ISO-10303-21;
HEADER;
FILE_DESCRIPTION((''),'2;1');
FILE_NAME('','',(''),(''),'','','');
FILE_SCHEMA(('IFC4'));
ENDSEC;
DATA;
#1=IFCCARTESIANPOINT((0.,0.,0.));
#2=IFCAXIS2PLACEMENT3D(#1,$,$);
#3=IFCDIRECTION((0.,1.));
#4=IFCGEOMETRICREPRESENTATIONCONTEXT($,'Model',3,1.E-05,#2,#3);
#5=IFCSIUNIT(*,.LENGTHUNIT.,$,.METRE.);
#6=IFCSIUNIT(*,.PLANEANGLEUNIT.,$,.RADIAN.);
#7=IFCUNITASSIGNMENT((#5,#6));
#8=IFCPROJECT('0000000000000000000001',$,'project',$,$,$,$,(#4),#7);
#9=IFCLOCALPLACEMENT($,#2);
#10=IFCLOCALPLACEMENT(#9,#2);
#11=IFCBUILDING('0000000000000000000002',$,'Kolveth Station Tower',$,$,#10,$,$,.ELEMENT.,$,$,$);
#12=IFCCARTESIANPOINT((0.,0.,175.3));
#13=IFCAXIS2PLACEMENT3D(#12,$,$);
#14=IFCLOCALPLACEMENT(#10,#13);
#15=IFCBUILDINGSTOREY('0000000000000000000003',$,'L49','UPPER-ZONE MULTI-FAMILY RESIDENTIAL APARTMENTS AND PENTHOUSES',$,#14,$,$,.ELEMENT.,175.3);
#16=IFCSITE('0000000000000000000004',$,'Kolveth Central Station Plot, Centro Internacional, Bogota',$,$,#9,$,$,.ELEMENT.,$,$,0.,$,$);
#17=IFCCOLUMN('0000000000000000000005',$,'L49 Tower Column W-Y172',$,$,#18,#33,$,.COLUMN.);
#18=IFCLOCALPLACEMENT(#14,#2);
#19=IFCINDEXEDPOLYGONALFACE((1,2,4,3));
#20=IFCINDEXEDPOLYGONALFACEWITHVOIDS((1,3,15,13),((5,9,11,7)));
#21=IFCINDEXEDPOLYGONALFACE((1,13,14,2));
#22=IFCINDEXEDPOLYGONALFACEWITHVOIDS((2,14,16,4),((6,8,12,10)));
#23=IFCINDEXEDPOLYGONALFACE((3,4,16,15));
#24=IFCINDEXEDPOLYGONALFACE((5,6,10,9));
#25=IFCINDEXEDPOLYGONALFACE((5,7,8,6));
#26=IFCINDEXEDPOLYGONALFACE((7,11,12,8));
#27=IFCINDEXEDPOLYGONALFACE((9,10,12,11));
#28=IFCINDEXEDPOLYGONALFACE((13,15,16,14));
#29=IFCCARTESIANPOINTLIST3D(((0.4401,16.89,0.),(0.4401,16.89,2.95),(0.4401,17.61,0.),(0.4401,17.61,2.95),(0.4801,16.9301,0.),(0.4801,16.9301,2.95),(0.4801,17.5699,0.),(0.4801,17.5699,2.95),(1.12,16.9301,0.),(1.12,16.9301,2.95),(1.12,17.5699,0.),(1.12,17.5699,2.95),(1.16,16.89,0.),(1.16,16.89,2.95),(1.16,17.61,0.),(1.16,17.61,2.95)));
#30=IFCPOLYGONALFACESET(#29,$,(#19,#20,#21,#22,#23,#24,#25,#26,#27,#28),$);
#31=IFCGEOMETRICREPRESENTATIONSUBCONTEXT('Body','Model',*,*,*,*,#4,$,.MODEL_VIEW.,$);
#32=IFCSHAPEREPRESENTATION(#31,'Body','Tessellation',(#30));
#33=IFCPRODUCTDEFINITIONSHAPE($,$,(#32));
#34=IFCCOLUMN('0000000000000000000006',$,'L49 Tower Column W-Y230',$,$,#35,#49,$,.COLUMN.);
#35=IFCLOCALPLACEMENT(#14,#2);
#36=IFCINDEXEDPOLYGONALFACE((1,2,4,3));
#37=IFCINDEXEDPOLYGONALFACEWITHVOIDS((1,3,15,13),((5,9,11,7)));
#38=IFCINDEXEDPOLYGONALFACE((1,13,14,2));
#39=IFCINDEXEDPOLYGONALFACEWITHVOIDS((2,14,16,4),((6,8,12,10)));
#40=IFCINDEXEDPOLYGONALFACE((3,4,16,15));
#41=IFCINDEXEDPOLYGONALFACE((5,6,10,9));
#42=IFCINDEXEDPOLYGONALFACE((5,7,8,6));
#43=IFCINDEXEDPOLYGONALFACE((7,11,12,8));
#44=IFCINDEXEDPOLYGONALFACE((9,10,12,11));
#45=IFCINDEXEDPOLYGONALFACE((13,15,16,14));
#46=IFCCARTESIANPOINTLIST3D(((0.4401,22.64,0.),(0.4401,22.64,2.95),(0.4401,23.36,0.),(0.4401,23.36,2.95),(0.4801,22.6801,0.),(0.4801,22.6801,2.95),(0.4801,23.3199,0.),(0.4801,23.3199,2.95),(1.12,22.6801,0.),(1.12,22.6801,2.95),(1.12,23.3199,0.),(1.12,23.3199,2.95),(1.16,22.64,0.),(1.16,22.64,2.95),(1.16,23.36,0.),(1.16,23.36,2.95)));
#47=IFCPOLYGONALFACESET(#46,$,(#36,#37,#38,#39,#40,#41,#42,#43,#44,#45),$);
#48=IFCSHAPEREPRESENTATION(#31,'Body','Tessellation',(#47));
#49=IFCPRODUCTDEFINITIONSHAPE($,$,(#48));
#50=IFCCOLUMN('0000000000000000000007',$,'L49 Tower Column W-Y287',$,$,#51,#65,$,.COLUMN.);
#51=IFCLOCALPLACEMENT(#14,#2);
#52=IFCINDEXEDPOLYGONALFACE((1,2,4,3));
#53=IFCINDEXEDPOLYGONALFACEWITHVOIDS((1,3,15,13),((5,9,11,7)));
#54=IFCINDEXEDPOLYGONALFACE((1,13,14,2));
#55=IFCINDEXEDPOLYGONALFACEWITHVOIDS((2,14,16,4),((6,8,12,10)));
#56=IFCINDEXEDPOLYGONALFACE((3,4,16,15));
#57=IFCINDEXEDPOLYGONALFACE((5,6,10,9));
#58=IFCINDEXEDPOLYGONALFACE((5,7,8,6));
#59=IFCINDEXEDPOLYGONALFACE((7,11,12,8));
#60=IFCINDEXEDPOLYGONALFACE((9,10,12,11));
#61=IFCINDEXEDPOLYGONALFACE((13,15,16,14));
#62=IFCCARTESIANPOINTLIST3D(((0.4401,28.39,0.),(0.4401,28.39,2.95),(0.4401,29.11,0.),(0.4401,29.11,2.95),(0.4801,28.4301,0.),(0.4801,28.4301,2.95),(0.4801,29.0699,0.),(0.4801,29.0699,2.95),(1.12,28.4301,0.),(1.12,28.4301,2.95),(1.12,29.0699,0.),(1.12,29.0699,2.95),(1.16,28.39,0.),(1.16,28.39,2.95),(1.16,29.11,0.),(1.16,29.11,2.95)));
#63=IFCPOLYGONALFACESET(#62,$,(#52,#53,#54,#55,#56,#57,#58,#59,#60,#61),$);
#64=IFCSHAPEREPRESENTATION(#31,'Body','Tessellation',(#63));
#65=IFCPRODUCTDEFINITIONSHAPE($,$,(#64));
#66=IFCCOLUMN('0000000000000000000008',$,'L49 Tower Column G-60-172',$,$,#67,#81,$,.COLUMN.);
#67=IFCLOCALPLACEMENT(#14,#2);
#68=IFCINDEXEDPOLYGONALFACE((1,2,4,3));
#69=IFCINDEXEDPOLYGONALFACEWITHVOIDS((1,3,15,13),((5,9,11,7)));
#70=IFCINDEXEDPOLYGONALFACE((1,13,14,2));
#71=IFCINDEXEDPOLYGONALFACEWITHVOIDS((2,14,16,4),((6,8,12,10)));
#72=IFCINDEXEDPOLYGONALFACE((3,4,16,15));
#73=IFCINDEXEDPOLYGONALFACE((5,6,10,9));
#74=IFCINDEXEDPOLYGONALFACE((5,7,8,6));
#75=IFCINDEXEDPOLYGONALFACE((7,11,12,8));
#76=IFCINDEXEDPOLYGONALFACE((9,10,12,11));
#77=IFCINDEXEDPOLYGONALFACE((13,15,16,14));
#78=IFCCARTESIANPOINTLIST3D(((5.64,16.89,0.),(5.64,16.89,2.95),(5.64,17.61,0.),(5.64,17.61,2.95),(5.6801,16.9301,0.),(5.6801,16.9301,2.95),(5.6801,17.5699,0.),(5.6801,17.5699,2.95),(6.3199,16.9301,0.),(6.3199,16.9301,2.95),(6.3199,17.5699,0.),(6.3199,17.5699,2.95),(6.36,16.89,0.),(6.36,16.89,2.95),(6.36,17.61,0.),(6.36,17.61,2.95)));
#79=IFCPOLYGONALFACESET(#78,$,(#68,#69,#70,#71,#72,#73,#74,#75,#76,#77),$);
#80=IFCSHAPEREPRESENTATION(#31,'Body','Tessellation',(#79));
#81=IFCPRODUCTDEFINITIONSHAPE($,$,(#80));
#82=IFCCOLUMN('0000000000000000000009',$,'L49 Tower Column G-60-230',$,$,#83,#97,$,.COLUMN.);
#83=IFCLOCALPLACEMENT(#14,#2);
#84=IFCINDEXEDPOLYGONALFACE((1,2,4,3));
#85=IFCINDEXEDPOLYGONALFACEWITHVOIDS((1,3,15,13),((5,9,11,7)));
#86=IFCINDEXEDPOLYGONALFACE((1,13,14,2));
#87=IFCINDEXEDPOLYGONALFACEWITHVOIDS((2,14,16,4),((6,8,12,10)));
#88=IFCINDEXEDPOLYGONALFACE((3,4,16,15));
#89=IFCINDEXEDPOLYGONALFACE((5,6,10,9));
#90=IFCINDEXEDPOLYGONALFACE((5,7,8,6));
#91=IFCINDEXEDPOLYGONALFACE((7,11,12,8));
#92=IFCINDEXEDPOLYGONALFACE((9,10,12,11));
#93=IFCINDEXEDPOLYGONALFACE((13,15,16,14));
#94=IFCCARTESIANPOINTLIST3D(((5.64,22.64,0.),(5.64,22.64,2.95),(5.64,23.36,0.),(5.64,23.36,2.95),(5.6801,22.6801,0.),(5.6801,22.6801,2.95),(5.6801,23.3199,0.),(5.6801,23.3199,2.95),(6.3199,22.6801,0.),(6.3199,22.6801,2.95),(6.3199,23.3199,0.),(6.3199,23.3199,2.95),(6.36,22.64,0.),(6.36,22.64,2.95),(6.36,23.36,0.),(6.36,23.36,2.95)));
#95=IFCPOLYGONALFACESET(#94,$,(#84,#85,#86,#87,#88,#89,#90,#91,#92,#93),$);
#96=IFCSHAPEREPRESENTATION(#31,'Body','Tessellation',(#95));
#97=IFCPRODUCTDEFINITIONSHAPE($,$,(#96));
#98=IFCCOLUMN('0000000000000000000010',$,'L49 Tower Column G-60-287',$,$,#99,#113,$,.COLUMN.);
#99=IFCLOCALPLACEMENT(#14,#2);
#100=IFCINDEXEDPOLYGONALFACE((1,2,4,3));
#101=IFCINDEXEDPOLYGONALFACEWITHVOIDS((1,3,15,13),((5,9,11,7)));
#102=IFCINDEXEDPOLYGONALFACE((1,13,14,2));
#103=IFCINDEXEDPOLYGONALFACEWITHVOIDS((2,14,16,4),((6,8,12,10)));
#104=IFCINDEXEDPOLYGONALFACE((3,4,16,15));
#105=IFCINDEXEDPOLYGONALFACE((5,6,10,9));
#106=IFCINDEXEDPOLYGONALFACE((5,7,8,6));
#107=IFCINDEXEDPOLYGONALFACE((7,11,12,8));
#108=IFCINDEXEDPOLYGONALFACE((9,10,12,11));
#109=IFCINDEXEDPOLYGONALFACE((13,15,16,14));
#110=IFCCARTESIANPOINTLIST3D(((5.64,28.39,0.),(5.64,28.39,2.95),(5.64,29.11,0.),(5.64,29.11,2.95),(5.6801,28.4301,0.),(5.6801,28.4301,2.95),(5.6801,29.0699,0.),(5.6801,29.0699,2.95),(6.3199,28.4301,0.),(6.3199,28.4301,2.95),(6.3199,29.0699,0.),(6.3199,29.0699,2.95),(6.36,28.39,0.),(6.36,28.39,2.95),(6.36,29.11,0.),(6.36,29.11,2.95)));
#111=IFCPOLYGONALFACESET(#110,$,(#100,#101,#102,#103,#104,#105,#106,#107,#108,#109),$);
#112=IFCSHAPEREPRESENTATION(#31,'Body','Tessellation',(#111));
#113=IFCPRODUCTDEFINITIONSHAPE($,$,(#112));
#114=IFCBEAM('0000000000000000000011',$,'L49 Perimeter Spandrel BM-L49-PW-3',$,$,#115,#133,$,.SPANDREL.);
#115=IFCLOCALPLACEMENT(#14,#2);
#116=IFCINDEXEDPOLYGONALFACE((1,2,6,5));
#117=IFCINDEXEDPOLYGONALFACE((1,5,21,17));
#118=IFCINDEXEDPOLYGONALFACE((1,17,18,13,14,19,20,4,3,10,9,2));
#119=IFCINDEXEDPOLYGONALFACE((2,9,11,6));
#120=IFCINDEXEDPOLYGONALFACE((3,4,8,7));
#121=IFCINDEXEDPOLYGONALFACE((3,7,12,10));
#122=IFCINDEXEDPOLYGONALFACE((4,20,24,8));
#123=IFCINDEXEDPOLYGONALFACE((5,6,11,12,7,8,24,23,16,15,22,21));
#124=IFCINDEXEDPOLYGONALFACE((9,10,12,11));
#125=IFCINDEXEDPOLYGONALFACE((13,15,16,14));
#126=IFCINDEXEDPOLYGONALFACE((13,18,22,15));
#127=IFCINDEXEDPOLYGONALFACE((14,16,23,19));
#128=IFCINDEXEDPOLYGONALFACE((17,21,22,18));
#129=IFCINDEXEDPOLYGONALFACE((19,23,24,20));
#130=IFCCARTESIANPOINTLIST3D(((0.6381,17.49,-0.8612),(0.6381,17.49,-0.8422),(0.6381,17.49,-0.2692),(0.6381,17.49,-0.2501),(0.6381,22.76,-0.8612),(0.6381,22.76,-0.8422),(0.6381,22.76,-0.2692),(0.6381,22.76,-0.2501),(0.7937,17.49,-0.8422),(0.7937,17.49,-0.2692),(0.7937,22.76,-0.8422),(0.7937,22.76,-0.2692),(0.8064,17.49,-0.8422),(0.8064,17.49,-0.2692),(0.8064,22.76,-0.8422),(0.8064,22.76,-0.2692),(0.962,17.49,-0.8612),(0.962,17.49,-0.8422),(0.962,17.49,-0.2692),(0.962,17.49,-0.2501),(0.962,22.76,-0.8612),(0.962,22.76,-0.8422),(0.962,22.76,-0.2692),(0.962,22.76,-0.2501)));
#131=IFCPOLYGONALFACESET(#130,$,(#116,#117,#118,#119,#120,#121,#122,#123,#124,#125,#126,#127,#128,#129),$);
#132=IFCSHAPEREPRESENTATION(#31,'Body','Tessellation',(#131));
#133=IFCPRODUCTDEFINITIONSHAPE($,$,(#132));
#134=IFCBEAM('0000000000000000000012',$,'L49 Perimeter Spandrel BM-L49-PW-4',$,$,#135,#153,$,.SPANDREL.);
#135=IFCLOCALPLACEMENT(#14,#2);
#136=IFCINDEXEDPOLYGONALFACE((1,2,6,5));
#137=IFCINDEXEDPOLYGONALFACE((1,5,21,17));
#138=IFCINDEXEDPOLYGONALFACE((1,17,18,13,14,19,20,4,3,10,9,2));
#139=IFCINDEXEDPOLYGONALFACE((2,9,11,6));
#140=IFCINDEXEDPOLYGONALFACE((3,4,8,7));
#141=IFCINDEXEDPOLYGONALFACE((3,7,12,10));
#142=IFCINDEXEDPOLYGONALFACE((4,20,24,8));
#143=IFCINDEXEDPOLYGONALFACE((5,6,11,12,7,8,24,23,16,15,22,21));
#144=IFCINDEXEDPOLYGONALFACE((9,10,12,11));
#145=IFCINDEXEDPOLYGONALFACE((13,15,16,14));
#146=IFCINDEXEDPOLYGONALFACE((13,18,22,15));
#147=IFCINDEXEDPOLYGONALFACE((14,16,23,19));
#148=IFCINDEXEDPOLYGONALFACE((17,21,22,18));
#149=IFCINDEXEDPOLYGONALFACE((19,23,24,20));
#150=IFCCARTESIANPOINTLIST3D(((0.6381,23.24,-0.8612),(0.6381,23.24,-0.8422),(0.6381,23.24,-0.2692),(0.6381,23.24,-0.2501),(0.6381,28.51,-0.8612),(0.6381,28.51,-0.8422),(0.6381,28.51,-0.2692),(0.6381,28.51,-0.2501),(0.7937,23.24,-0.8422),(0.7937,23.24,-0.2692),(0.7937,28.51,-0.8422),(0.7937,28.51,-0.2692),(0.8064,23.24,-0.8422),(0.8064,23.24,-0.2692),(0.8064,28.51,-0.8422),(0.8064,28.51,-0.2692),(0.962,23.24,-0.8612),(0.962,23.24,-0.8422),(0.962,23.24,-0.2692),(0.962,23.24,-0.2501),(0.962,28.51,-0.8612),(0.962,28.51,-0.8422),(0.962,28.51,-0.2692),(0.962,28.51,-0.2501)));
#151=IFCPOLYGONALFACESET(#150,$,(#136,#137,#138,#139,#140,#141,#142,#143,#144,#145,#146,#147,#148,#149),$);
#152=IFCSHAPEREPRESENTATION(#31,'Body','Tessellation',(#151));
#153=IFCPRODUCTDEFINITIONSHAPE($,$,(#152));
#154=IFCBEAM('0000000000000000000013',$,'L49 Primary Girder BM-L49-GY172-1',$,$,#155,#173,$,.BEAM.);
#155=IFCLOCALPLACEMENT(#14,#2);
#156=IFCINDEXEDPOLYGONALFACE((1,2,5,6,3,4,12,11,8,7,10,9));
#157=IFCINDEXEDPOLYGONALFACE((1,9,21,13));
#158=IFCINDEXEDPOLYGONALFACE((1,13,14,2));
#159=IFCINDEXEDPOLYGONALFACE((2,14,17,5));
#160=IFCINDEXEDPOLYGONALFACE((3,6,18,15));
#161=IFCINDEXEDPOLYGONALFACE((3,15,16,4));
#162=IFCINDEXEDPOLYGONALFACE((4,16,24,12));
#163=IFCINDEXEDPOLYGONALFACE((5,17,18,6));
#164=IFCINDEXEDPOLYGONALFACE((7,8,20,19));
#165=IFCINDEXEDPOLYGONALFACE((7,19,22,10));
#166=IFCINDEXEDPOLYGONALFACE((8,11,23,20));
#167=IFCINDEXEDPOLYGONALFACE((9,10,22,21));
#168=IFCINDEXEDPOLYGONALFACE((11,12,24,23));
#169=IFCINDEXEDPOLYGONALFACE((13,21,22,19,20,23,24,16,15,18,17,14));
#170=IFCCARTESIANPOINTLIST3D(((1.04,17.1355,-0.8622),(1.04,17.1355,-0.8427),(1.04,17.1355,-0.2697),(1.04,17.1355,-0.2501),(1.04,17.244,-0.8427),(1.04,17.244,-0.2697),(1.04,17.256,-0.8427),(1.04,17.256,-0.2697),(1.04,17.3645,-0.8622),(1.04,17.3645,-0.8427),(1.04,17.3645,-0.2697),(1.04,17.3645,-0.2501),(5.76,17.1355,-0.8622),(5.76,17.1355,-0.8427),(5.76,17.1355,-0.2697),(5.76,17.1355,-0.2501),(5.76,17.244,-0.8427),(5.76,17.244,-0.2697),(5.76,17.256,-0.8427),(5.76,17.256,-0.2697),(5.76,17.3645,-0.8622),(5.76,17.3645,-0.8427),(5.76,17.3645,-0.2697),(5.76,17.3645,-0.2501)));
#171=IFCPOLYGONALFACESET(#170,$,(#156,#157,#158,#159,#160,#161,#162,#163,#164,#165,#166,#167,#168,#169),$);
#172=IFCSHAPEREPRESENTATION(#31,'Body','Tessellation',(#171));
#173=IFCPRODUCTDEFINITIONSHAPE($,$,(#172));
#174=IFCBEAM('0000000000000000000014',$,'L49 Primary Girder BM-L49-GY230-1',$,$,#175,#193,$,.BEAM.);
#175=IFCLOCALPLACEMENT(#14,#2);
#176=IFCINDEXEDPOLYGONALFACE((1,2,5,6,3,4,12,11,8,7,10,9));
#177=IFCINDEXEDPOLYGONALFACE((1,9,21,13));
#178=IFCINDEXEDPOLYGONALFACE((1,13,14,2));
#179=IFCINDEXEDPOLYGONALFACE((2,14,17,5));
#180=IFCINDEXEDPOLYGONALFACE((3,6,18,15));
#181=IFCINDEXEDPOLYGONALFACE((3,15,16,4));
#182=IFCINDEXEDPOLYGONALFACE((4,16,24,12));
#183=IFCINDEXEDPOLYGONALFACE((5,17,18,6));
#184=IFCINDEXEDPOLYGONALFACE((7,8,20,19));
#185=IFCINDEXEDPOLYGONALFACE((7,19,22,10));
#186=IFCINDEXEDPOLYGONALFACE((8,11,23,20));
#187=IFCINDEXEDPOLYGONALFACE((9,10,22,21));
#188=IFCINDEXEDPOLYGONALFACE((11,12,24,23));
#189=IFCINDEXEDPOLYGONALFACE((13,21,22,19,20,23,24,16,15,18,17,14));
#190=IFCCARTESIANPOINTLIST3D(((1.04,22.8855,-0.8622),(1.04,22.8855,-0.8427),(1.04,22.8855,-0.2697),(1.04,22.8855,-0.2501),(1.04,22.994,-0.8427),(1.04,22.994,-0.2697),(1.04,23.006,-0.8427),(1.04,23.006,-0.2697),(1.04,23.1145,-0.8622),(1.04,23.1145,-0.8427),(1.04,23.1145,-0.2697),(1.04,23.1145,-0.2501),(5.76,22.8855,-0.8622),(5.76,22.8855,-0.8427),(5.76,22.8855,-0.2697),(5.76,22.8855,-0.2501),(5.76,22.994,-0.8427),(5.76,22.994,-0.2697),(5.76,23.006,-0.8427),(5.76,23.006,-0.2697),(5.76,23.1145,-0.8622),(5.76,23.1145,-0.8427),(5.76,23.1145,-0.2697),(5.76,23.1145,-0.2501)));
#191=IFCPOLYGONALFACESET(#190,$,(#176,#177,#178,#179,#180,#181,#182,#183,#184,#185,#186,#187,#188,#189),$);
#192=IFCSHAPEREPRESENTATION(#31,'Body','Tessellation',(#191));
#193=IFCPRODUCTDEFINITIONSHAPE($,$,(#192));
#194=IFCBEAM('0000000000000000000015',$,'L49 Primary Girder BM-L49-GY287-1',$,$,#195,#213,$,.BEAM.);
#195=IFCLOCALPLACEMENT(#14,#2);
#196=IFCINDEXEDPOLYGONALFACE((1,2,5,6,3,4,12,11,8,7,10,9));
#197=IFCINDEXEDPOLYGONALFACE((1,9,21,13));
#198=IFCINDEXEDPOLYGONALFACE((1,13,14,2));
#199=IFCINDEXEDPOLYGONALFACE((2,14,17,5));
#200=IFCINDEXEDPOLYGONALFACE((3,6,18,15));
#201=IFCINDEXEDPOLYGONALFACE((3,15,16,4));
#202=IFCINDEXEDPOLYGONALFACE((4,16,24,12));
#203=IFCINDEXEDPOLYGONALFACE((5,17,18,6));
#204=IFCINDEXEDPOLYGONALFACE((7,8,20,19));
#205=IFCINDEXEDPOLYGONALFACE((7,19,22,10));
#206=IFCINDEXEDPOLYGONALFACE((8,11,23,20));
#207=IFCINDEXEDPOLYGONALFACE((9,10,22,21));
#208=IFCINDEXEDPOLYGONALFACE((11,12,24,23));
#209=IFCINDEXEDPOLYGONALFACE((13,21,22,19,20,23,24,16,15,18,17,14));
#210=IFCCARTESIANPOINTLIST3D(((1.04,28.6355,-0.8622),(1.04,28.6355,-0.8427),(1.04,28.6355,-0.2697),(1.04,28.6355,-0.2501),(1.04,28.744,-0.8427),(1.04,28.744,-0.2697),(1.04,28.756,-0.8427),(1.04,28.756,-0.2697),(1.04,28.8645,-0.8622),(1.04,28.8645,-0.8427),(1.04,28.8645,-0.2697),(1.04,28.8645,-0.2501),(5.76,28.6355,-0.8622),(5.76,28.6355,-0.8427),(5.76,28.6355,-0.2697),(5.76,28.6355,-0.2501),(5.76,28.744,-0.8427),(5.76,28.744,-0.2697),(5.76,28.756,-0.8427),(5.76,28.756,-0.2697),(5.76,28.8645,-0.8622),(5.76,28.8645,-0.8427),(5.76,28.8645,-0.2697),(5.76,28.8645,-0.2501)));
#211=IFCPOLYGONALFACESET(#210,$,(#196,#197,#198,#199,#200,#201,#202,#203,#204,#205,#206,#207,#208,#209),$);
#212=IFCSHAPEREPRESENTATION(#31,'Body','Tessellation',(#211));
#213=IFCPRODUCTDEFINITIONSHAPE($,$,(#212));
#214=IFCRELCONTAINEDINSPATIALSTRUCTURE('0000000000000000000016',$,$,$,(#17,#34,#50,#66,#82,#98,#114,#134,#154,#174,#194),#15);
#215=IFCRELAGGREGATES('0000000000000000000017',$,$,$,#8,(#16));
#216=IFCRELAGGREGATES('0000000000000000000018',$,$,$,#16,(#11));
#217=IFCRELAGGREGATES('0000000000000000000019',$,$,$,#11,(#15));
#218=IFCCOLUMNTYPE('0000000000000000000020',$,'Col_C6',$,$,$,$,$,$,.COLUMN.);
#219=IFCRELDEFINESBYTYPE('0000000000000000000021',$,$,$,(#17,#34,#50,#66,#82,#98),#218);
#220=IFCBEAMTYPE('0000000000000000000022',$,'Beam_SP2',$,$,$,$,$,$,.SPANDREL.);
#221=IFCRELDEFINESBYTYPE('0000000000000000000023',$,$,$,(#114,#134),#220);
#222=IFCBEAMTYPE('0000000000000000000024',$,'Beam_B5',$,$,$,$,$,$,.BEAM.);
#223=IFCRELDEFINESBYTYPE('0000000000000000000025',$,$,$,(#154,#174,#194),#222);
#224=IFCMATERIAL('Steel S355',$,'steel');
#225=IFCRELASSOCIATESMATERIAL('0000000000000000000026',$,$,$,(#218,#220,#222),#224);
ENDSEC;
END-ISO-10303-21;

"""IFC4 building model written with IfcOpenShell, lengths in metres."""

from ifc_helpers import new_model, si_unit, direction, frame, origin, origin_2d, place, context, subcontext, project, spatial, hollow_rectangle, i_section, extrude, source, transform, mapped, material, material_profile, profile_set, type_object, element, save


model = new_model("IFC4")

# Units and contexts
model_context = context("Model", 3, precision=1e-05, world=origin(), true_north=direction((0.0, 1.0)))
body_context = subcontext(model_context, "Body", "Model", "MODEL_VIEW")
ifc_project = project(units=[si_unit("LENGTHUNIT", "METRE"), si_unit("PLANEANGLEUNIT", "RADIAN")], contexts=[model_context])

# Site, building, storey
site_placement = place(None, origin())
site = spatial("IfcSite", under=ifc_project, at=site_placement, Name="Kolveth Central Station Plot, Centro Internacional, Bogota", CompositionType="ELEMENT", RefElevation=0.0)
building_placement = place(site_placement, origin())
building = spatial("IfcBuilding", under=site, at=building_placement, Name="Kolveth Station Tower", CompositionType="ELEMENT")
storey_placement = place(building_placement, frame((0.0, 0.0, 175.3)))
storey = spatial("IfcBuildingStorey", under=building, at=storey_placement, Name="L49", Description="UPPER-ZONE MULTI-FAMILY RESIDENTIAL APARTMENTS AND PENTHOUSES", CompositionType="ELEMENT", Elevation=175.3)

# Columns
ifc_material_1 = material(Name="Steel S355", Category="steel")
ifc_material_profile_1 = material_profile(ifc_material_1, hollow_rectangle(XDim=0.72, YDim=0.72, WallThickness=0.04, at=origin_2d()), Name="BOX720x720x40")
ifc_profile_set_1 = profile_set([ifc_material_profile_1], Name="Steel S355")
column_type = type_object("IfcColumnType", Name="Col_C6", PredefinedType="COLUMN", material=ifc_profile_set_1)
shared_shape_1 = source(origin(), body_context, "Body", "SweptSolid", [
    extrude(hollow_rectangle(XDim=0.72, YDim=0.72, WallThickness=0.04, at=origin_2d()), origin(), (0.0, 0.0, 1.0), 2.95),
])
for number, where, z_axis, x_axis, name in (
    (1, (0.8, 17.25, 0.0), (0.0, 0.0, 1.0), (1.0, 0.0, 0.0), "L49 Tower Column W-Y172"),
    (2, (0.8, 23.0, 0.0), (0.0, 0.0, 1.0), (1.0, 0.0, 0.0), "L49 Tower Column W-Y230"),
    (3, (0.8, 28.75, 0.0), (0.0, 0.0, 1.0), (1.0, 0.0, 0.0), "L49 Tower Column W-Y287"),
    (4, (6.0, 17.25, 0.0), (0.0, 0.0, 1.0), (1.0, 0.0, 0.0), "L49 Tower Column G-60-172"),
    (5, (6.0, 23.0, 0.0), (0.0, 0.0, 1.0), (1.0, 0.0, 0.0), "L49 Tower Column G-60-230"),
    (6, (6.0, 28.75, 0.0), (0.0, 0.0, 1.0), (1.0, 0.0, 0.0), "L49 Tower Column G-60-287"),
):
    element("IfcColumn", number, at=place(storey_placement, frame(where, z_axis=z_axis, x_axis=x_axis)), inside=storey, type_object=column_type, Name=name, PredefinedType="COLUMN", context=body_context, shape_type="MappedRepresentation", body=[
        mapped(shared_shape_1, transform((0.0, 0.0, 0.0), x_axis=(1.0, 0.0, 0.0), y_axis=(0.0, 1.0, 0.0), z_axis=(0.0, 0.0, 1.0), scale=1.0)),
    ])

# Beams
ifc_material_profile_2 = material_profile(ifc_material_1, i_section(OverallWidth=0.324, OverallDepth=0.6111, WebThickness=0.0127, FlangeThickness=0.019, at=origin_2d()), Name="W610x155")
ifc_profile_set_2 = profile_set([ifc_material_profile_2], Name="Steel S355")
beam_type_1 = type_object("IfcBeamType", Name="Beam_SP2", PredefinedType="SPANDREL", material=ifc_profile_set_2)
shared_shape_2 = source(origin(), body_context, "Body", "SweptSolid", [
    extrude(i_section(OverallWidth=0.324, OverallDepth=0.6111, WebThickness=0.0127, FlangeThickness=0.019, at=origin_2d()), origin(), (0.0, 0.0, 1.0), 5.27),
])
for number, where, z_axis, x_axis, name in (
    (7, (0.8, 17.49, -0.5557), (0.0, 1.0, 0.0), (-1.0, 0.0, 0.0), "L49 Perimeter Spandrel BM-L49-PW-3"),
    (8, (0.8, 23.24, -0.5557), (0.0, 1.0, 0.0), (-1.0, 0.0, 0.0), "L49 Perimeter Spandrel BM-L49-PW-4"),
):
    element("IfcBeam", number, at=place(storey_placement, frame(where, z_axis=z_axis, x_axis=x_axis)), inside=storey, type_object=beam_type_1, Name=name, PredefinedType="SPANDREL", context=body_context, shape_type="MappedRepresentation", body=[
        mapped(shared_shape_2, transform((0.0, 0.0, 0.0), x_axis=(1.0, 0.0, 0.0), y_axis=(0.0, 1.0, 0.0), z_axis=(0.0, 0.0, 1.0), scale=1.0)),
    ])
ifc_material_profile_3 = material_profile(ifc_material_1, i_section(OverallWidth=0.229, OverallDepth=0.6121, WebThickness=0.012, FlangeThickness=0.0195, at=origin_2d()), Name="W610x125")
ifc_profile_set_3 = profile_set([ifc_material_profile_3], Name="Steel S355")
beam_type_2 = type_object("IfcBeamType", Name="Beam_B5", PredefinedType="BEAM", material=ifc_profile_set_3)
shared_shape_3 = source(origin(), body_context, "Body", "SweptSolid", [
    extrude(i_section(OverallWidth=0.229, OverallDepth=0.6121, WebThickness=0.012, FlangeThickness=0.0195, at=origin_2d()), origin(), (0.0, 0.0, 1.0), 4.72),
])
for number, where, z_axis, x_axis, name in (
    (9, (1.04, 17.25, -0.5562), (1.0, 0.0, 0.0), (0.0, 1.0, 0.0), "L49 Primary Girder BM-L49-GY172-1"),
    (10, (1.04, 23.0, -0.5562), (1.0, 0.0, 0.0), (0.0, 1.0, 0.0), "L49 Primary Girder BM-L49-GY230-1"),
    (11, (1.04, 28.75, -0.5562), (1.0, 0.0, 0.0), (0.0, 1.0, 0.0), "L49 Primary Girder BM-L49-GY287-1"),
):
    element("IfcBeam", number, at=place(storey_placement, frame(where, z_axis=z_axis, x_axis=x_axis)), inside=storey, type_object=beam_type_2, Name=name, PredefinedType="BEAM", context=body_context, shape_type="MappedRepresentation", body=[
        mapped(shared_shape_3, transform((0.0, 0.0, 0.0), x_axis=(1.0, 0.0, 0.0), y_axis=(0.0, 1.0, 0.0), z_axis=(0.0, 0.0, 1.0), scale=1.0)),
    ])

save(model, "model.ifc")
